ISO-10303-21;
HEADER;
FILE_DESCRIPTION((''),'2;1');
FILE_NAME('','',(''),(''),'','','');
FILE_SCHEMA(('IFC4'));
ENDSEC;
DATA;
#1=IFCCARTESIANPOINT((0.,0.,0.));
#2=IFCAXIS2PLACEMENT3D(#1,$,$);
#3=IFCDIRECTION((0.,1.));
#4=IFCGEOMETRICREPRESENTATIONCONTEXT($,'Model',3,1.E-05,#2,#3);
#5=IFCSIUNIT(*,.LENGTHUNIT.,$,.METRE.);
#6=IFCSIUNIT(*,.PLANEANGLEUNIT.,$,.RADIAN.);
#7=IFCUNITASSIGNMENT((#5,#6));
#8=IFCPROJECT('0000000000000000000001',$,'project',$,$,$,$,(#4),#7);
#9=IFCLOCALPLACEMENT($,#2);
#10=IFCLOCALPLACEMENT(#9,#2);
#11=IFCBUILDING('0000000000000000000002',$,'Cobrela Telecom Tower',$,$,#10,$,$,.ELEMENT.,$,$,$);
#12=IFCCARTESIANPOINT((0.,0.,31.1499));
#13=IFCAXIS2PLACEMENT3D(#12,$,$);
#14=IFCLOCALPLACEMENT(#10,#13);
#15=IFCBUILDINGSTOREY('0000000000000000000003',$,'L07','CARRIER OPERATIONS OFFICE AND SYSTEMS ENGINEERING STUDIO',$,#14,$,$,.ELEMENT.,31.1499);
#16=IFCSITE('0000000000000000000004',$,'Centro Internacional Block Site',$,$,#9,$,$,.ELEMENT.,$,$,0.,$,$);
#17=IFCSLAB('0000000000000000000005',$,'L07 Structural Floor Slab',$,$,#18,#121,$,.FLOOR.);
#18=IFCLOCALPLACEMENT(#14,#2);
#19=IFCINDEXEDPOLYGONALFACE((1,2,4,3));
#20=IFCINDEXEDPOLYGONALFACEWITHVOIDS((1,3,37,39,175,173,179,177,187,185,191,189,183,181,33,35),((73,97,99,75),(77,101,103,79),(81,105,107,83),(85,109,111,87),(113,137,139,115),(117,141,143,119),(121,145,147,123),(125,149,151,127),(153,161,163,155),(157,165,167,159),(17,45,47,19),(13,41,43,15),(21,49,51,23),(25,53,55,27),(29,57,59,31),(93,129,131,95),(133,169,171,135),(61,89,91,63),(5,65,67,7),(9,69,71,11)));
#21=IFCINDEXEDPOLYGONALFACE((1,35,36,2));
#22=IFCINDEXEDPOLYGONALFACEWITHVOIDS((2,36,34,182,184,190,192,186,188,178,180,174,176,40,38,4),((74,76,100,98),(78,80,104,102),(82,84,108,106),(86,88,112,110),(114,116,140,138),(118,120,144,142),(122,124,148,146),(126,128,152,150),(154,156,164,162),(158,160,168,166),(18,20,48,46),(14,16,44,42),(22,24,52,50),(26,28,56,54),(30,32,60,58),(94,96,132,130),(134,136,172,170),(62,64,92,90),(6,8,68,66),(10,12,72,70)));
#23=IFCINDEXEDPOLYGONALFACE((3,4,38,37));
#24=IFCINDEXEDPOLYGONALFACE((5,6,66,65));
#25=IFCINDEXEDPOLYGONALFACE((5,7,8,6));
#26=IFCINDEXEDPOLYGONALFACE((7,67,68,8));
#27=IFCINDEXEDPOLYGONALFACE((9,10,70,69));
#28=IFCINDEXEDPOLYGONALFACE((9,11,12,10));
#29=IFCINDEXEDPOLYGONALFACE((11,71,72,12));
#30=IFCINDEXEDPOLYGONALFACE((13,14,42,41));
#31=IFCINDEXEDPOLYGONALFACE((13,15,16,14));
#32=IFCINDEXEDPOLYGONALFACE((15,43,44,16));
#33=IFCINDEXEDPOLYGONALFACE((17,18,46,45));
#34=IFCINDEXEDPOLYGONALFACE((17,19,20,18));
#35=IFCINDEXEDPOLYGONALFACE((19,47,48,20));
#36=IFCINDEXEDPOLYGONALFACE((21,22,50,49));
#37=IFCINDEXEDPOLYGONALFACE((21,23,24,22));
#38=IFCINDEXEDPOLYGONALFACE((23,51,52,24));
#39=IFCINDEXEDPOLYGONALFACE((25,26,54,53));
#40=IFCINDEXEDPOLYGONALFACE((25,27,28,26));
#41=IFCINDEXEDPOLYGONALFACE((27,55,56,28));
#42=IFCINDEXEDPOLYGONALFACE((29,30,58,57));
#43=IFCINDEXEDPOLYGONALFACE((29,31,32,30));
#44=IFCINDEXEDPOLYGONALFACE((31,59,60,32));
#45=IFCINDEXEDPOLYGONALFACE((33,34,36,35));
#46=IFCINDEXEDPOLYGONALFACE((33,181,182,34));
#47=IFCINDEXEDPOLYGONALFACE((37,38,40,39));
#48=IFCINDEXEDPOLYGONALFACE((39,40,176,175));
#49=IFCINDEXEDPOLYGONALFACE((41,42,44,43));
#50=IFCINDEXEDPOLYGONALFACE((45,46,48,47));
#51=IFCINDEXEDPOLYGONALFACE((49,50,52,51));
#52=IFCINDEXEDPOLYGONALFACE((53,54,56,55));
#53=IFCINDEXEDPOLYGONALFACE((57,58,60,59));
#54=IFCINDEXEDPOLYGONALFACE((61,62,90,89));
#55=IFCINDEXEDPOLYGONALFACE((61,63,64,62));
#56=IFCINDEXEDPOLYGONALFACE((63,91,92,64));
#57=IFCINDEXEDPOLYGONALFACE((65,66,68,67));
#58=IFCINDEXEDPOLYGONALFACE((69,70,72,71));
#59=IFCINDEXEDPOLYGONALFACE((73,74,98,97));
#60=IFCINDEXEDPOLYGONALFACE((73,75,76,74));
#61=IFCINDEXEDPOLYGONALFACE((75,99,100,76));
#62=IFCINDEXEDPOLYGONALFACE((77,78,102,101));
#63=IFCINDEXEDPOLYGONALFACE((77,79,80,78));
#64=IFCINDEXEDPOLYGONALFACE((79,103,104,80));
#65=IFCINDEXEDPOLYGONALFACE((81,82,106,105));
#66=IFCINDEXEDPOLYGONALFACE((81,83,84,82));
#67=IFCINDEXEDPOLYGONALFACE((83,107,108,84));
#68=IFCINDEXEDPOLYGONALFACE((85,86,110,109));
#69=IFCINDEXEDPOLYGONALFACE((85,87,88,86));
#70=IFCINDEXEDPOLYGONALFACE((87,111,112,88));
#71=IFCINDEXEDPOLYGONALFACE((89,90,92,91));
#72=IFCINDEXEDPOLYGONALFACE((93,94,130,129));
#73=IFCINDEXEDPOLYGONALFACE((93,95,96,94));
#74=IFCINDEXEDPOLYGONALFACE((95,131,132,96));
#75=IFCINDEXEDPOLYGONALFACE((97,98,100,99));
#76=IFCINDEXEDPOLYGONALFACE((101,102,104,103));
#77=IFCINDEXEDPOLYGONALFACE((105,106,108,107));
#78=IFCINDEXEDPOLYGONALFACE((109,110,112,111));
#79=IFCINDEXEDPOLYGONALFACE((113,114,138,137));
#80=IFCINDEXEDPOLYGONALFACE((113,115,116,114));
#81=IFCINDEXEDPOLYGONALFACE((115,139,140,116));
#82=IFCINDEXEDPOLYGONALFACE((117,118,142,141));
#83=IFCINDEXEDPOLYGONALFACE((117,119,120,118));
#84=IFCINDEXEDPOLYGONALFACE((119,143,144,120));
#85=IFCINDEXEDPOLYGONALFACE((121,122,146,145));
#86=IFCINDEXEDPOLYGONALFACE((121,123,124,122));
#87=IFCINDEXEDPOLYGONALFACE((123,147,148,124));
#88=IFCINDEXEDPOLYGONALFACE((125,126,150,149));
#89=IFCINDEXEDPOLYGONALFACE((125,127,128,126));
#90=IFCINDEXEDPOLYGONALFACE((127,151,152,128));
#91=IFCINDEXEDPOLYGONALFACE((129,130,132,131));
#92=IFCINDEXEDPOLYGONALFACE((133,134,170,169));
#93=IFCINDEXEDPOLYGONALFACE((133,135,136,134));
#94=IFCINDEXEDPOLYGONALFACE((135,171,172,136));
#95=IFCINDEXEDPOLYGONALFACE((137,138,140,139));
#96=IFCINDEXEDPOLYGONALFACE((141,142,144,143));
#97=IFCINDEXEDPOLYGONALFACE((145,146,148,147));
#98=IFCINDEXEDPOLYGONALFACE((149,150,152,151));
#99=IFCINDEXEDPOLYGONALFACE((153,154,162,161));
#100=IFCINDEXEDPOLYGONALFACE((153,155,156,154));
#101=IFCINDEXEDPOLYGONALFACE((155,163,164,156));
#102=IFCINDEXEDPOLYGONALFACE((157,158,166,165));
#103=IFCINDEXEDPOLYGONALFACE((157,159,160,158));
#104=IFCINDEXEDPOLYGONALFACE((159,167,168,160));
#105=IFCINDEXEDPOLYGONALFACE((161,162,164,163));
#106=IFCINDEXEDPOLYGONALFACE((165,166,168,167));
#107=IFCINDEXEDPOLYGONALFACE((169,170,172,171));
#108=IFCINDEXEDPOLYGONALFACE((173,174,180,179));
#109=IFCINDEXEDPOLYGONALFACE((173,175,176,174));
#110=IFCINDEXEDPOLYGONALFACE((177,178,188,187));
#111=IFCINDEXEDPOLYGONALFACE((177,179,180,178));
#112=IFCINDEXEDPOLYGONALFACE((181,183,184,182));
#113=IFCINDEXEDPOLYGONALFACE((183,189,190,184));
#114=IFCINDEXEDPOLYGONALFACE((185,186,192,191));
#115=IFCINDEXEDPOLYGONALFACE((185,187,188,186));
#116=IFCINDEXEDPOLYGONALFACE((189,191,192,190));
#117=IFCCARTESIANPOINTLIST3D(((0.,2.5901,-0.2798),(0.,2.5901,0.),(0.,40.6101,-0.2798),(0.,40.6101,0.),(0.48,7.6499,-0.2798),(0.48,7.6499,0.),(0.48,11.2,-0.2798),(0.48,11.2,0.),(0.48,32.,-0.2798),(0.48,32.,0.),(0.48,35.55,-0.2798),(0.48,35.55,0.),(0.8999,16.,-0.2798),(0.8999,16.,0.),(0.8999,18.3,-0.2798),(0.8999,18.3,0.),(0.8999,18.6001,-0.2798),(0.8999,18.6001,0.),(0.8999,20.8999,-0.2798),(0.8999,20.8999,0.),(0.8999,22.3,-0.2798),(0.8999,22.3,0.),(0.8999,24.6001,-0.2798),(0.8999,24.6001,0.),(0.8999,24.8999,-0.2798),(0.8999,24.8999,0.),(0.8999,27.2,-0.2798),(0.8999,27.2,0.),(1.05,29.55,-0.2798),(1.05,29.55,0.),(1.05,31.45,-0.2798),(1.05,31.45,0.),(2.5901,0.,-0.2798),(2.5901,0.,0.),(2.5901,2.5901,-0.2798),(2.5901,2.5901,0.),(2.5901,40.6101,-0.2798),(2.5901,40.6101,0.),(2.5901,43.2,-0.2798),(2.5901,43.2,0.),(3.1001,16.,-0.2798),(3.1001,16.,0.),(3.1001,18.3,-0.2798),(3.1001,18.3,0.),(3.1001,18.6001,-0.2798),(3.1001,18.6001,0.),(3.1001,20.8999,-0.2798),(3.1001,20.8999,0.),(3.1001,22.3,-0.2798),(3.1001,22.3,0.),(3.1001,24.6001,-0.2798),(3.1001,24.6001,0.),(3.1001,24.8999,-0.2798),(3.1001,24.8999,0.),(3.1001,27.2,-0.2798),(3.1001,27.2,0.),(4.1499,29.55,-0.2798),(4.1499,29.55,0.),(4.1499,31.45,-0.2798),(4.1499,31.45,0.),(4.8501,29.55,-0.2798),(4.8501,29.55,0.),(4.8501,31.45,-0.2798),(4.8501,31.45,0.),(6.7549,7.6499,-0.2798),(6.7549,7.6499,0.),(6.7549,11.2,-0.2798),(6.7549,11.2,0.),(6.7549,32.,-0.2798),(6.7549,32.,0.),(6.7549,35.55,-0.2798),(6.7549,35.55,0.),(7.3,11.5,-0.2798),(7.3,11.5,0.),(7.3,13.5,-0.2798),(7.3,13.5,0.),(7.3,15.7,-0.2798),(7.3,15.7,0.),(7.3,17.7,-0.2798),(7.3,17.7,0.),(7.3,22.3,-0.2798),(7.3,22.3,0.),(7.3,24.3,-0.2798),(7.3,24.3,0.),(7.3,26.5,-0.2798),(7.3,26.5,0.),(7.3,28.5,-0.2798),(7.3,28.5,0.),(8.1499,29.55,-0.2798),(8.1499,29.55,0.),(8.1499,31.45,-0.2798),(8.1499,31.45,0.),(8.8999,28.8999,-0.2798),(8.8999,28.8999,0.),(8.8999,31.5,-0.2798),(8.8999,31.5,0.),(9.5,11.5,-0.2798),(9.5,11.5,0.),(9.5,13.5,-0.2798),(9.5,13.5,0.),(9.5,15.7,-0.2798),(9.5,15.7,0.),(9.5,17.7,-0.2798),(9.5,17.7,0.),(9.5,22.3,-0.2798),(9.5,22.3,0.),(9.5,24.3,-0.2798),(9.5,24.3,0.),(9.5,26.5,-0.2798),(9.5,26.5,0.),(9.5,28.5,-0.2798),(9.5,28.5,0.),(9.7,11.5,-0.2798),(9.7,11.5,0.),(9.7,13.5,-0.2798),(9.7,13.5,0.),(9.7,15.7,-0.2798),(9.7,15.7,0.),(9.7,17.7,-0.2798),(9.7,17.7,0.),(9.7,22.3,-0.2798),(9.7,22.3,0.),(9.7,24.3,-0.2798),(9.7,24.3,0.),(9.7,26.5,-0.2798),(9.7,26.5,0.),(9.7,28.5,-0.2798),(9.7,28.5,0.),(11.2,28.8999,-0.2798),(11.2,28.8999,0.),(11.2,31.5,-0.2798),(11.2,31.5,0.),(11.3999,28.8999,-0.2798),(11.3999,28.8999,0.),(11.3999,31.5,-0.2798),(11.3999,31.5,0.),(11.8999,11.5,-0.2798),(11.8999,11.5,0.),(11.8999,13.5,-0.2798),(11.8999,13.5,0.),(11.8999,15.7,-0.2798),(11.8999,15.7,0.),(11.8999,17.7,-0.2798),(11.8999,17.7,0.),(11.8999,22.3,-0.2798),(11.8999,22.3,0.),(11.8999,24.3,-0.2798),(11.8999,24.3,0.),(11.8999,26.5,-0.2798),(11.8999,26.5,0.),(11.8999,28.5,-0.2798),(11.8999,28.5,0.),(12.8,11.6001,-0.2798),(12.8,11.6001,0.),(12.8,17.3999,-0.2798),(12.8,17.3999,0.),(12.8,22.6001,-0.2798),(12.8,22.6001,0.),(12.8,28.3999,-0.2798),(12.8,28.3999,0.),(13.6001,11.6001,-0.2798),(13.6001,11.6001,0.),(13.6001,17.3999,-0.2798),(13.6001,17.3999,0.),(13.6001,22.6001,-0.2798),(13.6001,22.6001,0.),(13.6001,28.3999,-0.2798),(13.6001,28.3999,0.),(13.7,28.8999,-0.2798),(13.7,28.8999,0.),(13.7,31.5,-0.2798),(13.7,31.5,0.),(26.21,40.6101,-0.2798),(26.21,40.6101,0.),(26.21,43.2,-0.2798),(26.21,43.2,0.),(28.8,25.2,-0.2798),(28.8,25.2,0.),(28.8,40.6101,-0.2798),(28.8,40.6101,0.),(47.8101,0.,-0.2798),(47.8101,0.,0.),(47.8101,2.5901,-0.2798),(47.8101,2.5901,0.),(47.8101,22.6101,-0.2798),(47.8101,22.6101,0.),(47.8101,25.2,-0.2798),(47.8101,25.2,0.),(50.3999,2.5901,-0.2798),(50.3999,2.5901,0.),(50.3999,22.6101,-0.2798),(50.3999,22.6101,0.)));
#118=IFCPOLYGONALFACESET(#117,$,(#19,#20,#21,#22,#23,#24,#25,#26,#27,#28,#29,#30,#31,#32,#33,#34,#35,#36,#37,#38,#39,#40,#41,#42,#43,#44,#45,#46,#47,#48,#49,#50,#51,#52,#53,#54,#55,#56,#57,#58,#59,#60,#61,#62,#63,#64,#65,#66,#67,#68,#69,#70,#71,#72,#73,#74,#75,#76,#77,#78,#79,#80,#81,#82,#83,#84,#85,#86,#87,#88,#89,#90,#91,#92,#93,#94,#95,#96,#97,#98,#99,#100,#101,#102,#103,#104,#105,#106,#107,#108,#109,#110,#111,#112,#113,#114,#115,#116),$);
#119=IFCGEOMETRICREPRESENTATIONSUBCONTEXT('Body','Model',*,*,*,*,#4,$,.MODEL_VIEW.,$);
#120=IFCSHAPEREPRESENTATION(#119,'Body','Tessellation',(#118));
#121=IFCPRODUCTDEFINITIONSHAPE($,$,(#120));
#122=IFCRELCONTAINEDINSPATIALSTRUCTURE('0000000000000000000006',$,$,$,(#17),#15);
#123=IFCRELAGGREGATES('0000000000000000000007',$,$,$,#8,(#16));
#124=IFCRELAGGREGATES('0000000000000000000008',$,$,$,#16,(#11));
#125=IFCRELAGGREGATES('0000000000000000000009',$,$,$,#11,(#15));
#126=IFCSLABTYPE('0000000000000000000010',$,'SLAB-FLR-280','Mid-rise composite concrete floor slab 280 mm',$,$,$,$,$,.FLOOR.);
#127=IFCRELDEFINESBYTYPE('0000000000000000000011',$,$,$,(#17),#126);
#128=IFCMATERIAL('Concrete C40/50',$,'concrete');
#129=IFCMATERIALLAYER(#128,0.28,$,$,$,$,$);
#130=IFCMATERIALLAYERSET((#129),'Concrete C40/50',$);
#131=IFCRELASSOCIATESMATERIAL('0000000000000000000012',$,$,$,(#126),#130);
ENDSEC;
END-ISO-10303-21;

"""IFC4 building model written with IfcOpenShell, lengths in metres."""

from ifc_helpers import new_model, si_unit, direction, frame, origin, place, context, subcontext, project, spatial, polyline, outline, extrude, material, layer, layer_set, type_object, element, save


model = new_model("IFC4")

# Units and contexts
model_context = context("Model", 3, precision=1e-05, world=origin(), true_north=direction((0.0, 1.0)))
body_context = subcontext(model_context, "Body", "Model", "MODEL_VIEW")
ifc_project = project(units=[si_unit("LENGTHUNIT", "METRE"), si_unit("PLANEANGLEUNIT", "RADIAN")], contexts=[model_context])

# Site, building, storey
site_placement = place(None, origin())
site = spatial("IfcSite", under=ifc_project, at=site_placement, Name="Centro Internacional Block Site", CompositionType="ELEMENT", RefElevation=0.0)
building_placement = place(site_placement, origin())
building = spatial("IfcBuilding", under=site, at=building_placement, Name="Cobrela Telecom Tower", CompositionType="ELEMENT")
storey_placement = place(building_placement, frame((0.0, 0.0, 31.1499)))
storey = spatial("IfcBuildingStorey", under=building, at=storey_placement, Name="L07", Description="CARRIER OPERATIONS OFFICE AND SYSTEMS ENGINEERING STUDIO", CompositionType="ELEMENT", Elevation=31.1499)

# Slab, openings
ifc_material_1 = material(Name="Concrete C40/50", Category="concrete")
ifc_layer_1 = layer(ifc_material_1, 0.28)
ifc_layer_set_1 = layer_set([ifc_layer_1], Name="Concrete C40/50")
slab_type_1 = type_object("IfcSlabType", Name="SLAB-FLR-280", Description="Mid-rise composite concrete floor slab 280 mm", PredefinedType="FLOOR", material=ifc_layer_set_1)
slab_1_placement = place(storey_placement, frame((0.0, 0.0, -0.2798)))
slab_1 = element("IfcSlab", 1, at=slab_1_placement, inside=storey, type_object=slab_type_1, Name="L07 Structural Floor Slab", PredefinedType="FLOOR", context=body_context, shape_type="SweptSolid", body=[
    extrude(outline(polyline([(2.5901, 0.0), (47.8101, 0.0), (47.8101, 2.5901), (50.3999, 2.5901), (50.3999, 22.6101), (47.8101, 22.6101), (47.8101, 25.2), (28.8, 25.2), (28.8, 40.6101), (26.21, 40.6101), (26.21, 43.2), (2.5901, 43.2), (2.5901, 40.6101), (0.0, 40.6101), (0.0, 2.5901), (2.5901, 2.5901), (2.5901, 0.0)])), origin(), (0.0, 0.0, 1.0), 0.2798),
])
opening_1_placement = place(slab_1_placement, frame((0.0, 0.0, -0.02)))
element("IfcOpeningElement", 2, at=opening_1_placement, cuts=slab_1, PredefinedType="OPENING", context=body_context, shape_type="SweptSolid", body=[
    extrude(outline(polyline([(8.8999, 28.8999), (11.2, 28.8999), (11.2, 31.5), (8.8999, 31.5), (8.8999, 28.8999)])), origin(), (0.0, 0.0, 1.0), 0.3198),
])
opening_2_placement = place(slab_1_placement, frame((0.0, 0.0, -0.02)))
element("IfcOpeningElement", 3, at=opening_2_placement, cuts=slab_1, PredefinedType="OPENING", context=body_context, shape_type="SweptSolid", body=[
    extrude(outline(polyline([(11.3999, 28.8999), (13.7, 28.8999), (13.7, 31.5), (11.3999, 31.5), (11.3999, 28.8999)])), origin(), (0.0, 0.0, 1.0), 0.3198),
])
opening_3_placement = place(slab_1_placement, frame((0.0, 0.0, -0.02)))
element("IfcOpeningElement", 4, at=opening_3_placement, cuts=slab_1, PredefinedType="OPENING", context=body_context, shape_type="SweptSolid", body=[
    extrude(outline(polyline([(7.3, 22.3), (9.5, 22.3), (9.5, 24.3), (7.3, 24.3), (7.3, 22.3)])), origin(), (0.0, 0.0, 1.0), 0.3198),
])
opening_4_placement = place(slab_1_placement, frame((0.0, 0.0, -0.02)))
element("IfcOpeningElement", 5, at=opening_4_placement, cuts=slab_1, PredefinedType="OPENING", context=body_context, shape_type="SweptSolid", body=[
    extrude(outline(polyline([(9.7, 22.3), (11.8999, 22.3), (11.8999, 24.3), (9.7, 24.3), (9.7, 22.3)])), origin(), (0.0, 0.0, 1.0), 0.3198),
])
opening_5_placement = place(slab_1_placement, frame((0.0, 0.0, -0.02)))
element("IfcOpeningElement", 6, at=opening_5_placement, cuts=slab_1, PredefinedType="OPENING", context=body_context, shape_type="SweptSolid", body=[
    extrude(outline(polyline([(7.3, 26.5), (9.5, 26.5), (9.5, 28.5), (7.3, 28.5), (7.3, 26.5)])), origin(), (0.0, 0.0, 1.0), 0.3198),
])
opening_6_placement = place(slab_1_placement, frame((0.0, 0.0, -0.02)))
element("IfcOpeningElement", 7, at=opening_6_placement, cuts=slab_1, PredefinedType="OPENING", context=body_context, shape_type="SweptSolid", body=[
    extrude(outline(polyline([(9.7, 26.5), (11.8999, 26.5), (11.8999, 28.5), (9.7, 28.5), (9.7, 26.5)])), origin(), (0.0, 0.0, 1.0), 0.3198),
])
opening_7_placement = place(slab_1_placement, frame((0.0, 0.0, -0.02)))
element("IfcOpeningElement", 8, at=opening_7_placement, cuts=slab_1, PredefinedType="OPENING", context=body_context, shape_type="SweptSolid", body=[
    extrude(outline(polyline([(7.3, 15.7), (9.5, 15.7), (9.5, 17.7), (7.3, 17.7), (7.3, 15.7)])), origin(), (0.0, 0.0, 1.0), 0.3198),
])
opening_8_placement = place(slab_1_placement, frame((0.0, 0.0, -0.02)))
element("IfcOpeningElement", 9, at=opening_8_placement, cuts=slab_1, PredefinedType="OPENING", context=body_context, shape_type="SweptSolid", body=[
    extrude(outline(polyline([(9.7, 15.7), (11.8999, 15.7), (11.8999, 17.7), (9.7, 17.7), (9.7, 15.7)])), origin(), (0.0, 0.0, 1.0), 0.3198),
])
opening_9_placement = place(slab_1_placement, frame((0.0, 0.0, -0.02)))
element("IfcOpeningElement", 10, at=opening_9_placement, cuts=slab_1, PredefinedType="OPENING", context=body_context, shape_type="SweptSolid", body=[
    extrude(outline(polyline([(7.3, 11.5), (9.5, 11.5), (9.5, 13.5), (7.3, 13.5), (7.3, 11.5)])), origin(), (0.0, 0.0, 1.0), 0.3198),
])
opening_10_placement = place(slab_1_placement, frame((0.0, 0.0, -0.02)))
element("IfcOpeningElement", 11, at=opening_10_placement, cuts=slab_1, PredefinedType="OPENING", context=body_context, shape_type="SweptSolid", body=[
    extrude(outline(polyline([(9.7, 11.5), (11.8999, 11.5), (11.8999, 13.5), (9.7, 13.5), (9.7, 11.5)])), origin(), (0.0, 0.0, 1.0), 0.3198),
])
opening_11_placement = place(slab_1_placement, frame((0.0, 0.0, -0.02)))
element("IfcOpeningElement", 12, at=opening_11_placement, cuts=slab_1, PredefinedType="OPENING", context=body_context, shape_type="SweptSolid", body=[
    extrude(outline(polyline([(0.8999, 16.0), (3.1001, 16.0), (3.1001, 18.3), (0.8999, 18.3), (0.8999, 16.0)])), origin(), (0.0, 0.0, 1.0), 0.3198),
])
opening_12_placement = place(slab_1_placement, frame((0.0, 0.0, -0.02)))
element("IfcOpeningElement", 13, at=opening_12_placement, cuts=slab_1, PredefinedType="OPENING", context=body_context, shape_type="SweptSolid", body=[
    extrude(outline(polyline([(0.8999, 18.6001), (3.1001, 18.6001), (3.1001, 20.8999), (0.8999, 20.8999), (0.8999, 18.6001)])), origin(), (0.0, 0.0, 1.0), 0.3198),
])
opening_13_placement = place(slab_1_placement, frame((0.0, 0.0, -0.02)))
element("IfcOpeningElement", 14, at=opening_13_placement, cuts=slab_1, PredefinedType="OPENING", context=body_context, shape_type="SweptSolid", body=[
    extrude(outline(polyline([(0.8999, 22.3), (3.1001, 22.3), (3.1001, 24.6001), (0.8999, 24.6001), (0.8999, 22.3)])), origin(), (0.0, 0.0, 1.0), 0.3198),
])
opening_14_placement = place(slab_1_placement, frame((0.0, 0.0, -0.02)))
element("IfcOpeningElement", 15, at=opening_14_placement, cuts=slab_1, PredefinedType="OPENING", context=body_context, shape_type="SweptSolid", body=[
    extrude(outline(polyline([(0.8999, 24.8999), (3.1001, 24.8999), (3.1001, 27.2), (0.8999, 27.2), (0.8999, 24.8999)])), origin(), (0.0, 0.0, 1.0), 0.3198),
])
opening_15_placement = place(slab_1_placement, frame((0.0, 0.0, -0.02)))
element("IfcOpeningElement", 16, at=opening_15_placement, cuts=slab_1, PredefinedType="OPENING", context=body_context, shape_type="SweptSolid", body=[
    extrude(outline(polyline([(1.05, 29.55), (4.1499, 29.55), (4.1499, 31.45), (1.05, 31.45), (1.05, 29.55)])), origin(), (0.0, 0.0, 1.0), 0.3198),
])
opening_16_placement = place(slab_1_placement, frame((0.0, 0.0, -0.02)))
element("IfcOpeningElement", 17, at=opening_16_placement, cuts=slab_1, PredefinedType="OPENING", context=body_context, shape_type="SweptSolid", body=[
    extrude(outline(polyline([(4.8501, 29.55), (8.1499, 29.55), (8.1499, 31.45), (4.8501, 31.45), (4.8501, 29.55)])), origin(), (0.0, 0.0, 1.0), 0.3198),
])
opening_17_placement = place(slab_1_placement, frame((0.0, 0.0, -0.02)))
element("IfcOpeningElement", 18, at=opening_17_placement, cuts=slab_1, PredefinedType="OPENING", context=body_context, shape_type="SweptSolid", body=[
    extrude(outline(polyline([(12.8, 22.6001), (13.6001, 22.6001), (13.6001, 28.3999), (12.8, 28.3999), (12.8, 22.6001)])), origin(), (0.0, 0.0, 1.0), 0.3198),
])
opening_18_placement = place(slab_1_placement, frame((0.0, 0.0, -0.02)))
element("IfcOpeningElement", 19, at=opening_18_placement, cuts=slab_1, PredefinedType="OPENING", context=body_context, shape_type="SweptSolid", body=[
    extrude(outline(polyline([(12.8, 11.6001), (13.6001, 11.6001), (13.6001, 17.3999), (12.8, 17.3999), (12.8, 11.6001)])), origin(), (0.0, 0.0, 1.0), 0.3198),
])
opening_19_placement = place(slab_1_placement, frame((0.0, 0.0, -0.02)))
element("IfcOpeningElement", 20, at=opening_19_placement, cuts=slab_1, PredefinedType="OPENING", context=body_context, shape_type="SweptSolid", body=[
    extrude(outline(polyline([(6.7549, 35.55), (0.48, 35.55), (0.48, 32.0), (6.7549, 32.0), (6.7549, 35.55)])), origin(), (0.0, 0.0, 1.0), 0.3198),
])
opening_20_placement = place(slab_1_placement, frame((0.0, 0.0, -0.02)))
element("IfcOpeningElement", 21, at=opening_20_placement, cuts=slab_1, PredefinedType="OPENING", context=body_context, shape_type="SweptSolid", body=[
    extrude(outline(polyline([(6.7549, 11.2), (0.48, 11.2), (0.48, 7.6499), (6.7549, 7.6499), (6.7549, 11.2)])), origin(), (0.0, 0.0, 1.0), 0.3198),
])

save(model, "model.ifc")
